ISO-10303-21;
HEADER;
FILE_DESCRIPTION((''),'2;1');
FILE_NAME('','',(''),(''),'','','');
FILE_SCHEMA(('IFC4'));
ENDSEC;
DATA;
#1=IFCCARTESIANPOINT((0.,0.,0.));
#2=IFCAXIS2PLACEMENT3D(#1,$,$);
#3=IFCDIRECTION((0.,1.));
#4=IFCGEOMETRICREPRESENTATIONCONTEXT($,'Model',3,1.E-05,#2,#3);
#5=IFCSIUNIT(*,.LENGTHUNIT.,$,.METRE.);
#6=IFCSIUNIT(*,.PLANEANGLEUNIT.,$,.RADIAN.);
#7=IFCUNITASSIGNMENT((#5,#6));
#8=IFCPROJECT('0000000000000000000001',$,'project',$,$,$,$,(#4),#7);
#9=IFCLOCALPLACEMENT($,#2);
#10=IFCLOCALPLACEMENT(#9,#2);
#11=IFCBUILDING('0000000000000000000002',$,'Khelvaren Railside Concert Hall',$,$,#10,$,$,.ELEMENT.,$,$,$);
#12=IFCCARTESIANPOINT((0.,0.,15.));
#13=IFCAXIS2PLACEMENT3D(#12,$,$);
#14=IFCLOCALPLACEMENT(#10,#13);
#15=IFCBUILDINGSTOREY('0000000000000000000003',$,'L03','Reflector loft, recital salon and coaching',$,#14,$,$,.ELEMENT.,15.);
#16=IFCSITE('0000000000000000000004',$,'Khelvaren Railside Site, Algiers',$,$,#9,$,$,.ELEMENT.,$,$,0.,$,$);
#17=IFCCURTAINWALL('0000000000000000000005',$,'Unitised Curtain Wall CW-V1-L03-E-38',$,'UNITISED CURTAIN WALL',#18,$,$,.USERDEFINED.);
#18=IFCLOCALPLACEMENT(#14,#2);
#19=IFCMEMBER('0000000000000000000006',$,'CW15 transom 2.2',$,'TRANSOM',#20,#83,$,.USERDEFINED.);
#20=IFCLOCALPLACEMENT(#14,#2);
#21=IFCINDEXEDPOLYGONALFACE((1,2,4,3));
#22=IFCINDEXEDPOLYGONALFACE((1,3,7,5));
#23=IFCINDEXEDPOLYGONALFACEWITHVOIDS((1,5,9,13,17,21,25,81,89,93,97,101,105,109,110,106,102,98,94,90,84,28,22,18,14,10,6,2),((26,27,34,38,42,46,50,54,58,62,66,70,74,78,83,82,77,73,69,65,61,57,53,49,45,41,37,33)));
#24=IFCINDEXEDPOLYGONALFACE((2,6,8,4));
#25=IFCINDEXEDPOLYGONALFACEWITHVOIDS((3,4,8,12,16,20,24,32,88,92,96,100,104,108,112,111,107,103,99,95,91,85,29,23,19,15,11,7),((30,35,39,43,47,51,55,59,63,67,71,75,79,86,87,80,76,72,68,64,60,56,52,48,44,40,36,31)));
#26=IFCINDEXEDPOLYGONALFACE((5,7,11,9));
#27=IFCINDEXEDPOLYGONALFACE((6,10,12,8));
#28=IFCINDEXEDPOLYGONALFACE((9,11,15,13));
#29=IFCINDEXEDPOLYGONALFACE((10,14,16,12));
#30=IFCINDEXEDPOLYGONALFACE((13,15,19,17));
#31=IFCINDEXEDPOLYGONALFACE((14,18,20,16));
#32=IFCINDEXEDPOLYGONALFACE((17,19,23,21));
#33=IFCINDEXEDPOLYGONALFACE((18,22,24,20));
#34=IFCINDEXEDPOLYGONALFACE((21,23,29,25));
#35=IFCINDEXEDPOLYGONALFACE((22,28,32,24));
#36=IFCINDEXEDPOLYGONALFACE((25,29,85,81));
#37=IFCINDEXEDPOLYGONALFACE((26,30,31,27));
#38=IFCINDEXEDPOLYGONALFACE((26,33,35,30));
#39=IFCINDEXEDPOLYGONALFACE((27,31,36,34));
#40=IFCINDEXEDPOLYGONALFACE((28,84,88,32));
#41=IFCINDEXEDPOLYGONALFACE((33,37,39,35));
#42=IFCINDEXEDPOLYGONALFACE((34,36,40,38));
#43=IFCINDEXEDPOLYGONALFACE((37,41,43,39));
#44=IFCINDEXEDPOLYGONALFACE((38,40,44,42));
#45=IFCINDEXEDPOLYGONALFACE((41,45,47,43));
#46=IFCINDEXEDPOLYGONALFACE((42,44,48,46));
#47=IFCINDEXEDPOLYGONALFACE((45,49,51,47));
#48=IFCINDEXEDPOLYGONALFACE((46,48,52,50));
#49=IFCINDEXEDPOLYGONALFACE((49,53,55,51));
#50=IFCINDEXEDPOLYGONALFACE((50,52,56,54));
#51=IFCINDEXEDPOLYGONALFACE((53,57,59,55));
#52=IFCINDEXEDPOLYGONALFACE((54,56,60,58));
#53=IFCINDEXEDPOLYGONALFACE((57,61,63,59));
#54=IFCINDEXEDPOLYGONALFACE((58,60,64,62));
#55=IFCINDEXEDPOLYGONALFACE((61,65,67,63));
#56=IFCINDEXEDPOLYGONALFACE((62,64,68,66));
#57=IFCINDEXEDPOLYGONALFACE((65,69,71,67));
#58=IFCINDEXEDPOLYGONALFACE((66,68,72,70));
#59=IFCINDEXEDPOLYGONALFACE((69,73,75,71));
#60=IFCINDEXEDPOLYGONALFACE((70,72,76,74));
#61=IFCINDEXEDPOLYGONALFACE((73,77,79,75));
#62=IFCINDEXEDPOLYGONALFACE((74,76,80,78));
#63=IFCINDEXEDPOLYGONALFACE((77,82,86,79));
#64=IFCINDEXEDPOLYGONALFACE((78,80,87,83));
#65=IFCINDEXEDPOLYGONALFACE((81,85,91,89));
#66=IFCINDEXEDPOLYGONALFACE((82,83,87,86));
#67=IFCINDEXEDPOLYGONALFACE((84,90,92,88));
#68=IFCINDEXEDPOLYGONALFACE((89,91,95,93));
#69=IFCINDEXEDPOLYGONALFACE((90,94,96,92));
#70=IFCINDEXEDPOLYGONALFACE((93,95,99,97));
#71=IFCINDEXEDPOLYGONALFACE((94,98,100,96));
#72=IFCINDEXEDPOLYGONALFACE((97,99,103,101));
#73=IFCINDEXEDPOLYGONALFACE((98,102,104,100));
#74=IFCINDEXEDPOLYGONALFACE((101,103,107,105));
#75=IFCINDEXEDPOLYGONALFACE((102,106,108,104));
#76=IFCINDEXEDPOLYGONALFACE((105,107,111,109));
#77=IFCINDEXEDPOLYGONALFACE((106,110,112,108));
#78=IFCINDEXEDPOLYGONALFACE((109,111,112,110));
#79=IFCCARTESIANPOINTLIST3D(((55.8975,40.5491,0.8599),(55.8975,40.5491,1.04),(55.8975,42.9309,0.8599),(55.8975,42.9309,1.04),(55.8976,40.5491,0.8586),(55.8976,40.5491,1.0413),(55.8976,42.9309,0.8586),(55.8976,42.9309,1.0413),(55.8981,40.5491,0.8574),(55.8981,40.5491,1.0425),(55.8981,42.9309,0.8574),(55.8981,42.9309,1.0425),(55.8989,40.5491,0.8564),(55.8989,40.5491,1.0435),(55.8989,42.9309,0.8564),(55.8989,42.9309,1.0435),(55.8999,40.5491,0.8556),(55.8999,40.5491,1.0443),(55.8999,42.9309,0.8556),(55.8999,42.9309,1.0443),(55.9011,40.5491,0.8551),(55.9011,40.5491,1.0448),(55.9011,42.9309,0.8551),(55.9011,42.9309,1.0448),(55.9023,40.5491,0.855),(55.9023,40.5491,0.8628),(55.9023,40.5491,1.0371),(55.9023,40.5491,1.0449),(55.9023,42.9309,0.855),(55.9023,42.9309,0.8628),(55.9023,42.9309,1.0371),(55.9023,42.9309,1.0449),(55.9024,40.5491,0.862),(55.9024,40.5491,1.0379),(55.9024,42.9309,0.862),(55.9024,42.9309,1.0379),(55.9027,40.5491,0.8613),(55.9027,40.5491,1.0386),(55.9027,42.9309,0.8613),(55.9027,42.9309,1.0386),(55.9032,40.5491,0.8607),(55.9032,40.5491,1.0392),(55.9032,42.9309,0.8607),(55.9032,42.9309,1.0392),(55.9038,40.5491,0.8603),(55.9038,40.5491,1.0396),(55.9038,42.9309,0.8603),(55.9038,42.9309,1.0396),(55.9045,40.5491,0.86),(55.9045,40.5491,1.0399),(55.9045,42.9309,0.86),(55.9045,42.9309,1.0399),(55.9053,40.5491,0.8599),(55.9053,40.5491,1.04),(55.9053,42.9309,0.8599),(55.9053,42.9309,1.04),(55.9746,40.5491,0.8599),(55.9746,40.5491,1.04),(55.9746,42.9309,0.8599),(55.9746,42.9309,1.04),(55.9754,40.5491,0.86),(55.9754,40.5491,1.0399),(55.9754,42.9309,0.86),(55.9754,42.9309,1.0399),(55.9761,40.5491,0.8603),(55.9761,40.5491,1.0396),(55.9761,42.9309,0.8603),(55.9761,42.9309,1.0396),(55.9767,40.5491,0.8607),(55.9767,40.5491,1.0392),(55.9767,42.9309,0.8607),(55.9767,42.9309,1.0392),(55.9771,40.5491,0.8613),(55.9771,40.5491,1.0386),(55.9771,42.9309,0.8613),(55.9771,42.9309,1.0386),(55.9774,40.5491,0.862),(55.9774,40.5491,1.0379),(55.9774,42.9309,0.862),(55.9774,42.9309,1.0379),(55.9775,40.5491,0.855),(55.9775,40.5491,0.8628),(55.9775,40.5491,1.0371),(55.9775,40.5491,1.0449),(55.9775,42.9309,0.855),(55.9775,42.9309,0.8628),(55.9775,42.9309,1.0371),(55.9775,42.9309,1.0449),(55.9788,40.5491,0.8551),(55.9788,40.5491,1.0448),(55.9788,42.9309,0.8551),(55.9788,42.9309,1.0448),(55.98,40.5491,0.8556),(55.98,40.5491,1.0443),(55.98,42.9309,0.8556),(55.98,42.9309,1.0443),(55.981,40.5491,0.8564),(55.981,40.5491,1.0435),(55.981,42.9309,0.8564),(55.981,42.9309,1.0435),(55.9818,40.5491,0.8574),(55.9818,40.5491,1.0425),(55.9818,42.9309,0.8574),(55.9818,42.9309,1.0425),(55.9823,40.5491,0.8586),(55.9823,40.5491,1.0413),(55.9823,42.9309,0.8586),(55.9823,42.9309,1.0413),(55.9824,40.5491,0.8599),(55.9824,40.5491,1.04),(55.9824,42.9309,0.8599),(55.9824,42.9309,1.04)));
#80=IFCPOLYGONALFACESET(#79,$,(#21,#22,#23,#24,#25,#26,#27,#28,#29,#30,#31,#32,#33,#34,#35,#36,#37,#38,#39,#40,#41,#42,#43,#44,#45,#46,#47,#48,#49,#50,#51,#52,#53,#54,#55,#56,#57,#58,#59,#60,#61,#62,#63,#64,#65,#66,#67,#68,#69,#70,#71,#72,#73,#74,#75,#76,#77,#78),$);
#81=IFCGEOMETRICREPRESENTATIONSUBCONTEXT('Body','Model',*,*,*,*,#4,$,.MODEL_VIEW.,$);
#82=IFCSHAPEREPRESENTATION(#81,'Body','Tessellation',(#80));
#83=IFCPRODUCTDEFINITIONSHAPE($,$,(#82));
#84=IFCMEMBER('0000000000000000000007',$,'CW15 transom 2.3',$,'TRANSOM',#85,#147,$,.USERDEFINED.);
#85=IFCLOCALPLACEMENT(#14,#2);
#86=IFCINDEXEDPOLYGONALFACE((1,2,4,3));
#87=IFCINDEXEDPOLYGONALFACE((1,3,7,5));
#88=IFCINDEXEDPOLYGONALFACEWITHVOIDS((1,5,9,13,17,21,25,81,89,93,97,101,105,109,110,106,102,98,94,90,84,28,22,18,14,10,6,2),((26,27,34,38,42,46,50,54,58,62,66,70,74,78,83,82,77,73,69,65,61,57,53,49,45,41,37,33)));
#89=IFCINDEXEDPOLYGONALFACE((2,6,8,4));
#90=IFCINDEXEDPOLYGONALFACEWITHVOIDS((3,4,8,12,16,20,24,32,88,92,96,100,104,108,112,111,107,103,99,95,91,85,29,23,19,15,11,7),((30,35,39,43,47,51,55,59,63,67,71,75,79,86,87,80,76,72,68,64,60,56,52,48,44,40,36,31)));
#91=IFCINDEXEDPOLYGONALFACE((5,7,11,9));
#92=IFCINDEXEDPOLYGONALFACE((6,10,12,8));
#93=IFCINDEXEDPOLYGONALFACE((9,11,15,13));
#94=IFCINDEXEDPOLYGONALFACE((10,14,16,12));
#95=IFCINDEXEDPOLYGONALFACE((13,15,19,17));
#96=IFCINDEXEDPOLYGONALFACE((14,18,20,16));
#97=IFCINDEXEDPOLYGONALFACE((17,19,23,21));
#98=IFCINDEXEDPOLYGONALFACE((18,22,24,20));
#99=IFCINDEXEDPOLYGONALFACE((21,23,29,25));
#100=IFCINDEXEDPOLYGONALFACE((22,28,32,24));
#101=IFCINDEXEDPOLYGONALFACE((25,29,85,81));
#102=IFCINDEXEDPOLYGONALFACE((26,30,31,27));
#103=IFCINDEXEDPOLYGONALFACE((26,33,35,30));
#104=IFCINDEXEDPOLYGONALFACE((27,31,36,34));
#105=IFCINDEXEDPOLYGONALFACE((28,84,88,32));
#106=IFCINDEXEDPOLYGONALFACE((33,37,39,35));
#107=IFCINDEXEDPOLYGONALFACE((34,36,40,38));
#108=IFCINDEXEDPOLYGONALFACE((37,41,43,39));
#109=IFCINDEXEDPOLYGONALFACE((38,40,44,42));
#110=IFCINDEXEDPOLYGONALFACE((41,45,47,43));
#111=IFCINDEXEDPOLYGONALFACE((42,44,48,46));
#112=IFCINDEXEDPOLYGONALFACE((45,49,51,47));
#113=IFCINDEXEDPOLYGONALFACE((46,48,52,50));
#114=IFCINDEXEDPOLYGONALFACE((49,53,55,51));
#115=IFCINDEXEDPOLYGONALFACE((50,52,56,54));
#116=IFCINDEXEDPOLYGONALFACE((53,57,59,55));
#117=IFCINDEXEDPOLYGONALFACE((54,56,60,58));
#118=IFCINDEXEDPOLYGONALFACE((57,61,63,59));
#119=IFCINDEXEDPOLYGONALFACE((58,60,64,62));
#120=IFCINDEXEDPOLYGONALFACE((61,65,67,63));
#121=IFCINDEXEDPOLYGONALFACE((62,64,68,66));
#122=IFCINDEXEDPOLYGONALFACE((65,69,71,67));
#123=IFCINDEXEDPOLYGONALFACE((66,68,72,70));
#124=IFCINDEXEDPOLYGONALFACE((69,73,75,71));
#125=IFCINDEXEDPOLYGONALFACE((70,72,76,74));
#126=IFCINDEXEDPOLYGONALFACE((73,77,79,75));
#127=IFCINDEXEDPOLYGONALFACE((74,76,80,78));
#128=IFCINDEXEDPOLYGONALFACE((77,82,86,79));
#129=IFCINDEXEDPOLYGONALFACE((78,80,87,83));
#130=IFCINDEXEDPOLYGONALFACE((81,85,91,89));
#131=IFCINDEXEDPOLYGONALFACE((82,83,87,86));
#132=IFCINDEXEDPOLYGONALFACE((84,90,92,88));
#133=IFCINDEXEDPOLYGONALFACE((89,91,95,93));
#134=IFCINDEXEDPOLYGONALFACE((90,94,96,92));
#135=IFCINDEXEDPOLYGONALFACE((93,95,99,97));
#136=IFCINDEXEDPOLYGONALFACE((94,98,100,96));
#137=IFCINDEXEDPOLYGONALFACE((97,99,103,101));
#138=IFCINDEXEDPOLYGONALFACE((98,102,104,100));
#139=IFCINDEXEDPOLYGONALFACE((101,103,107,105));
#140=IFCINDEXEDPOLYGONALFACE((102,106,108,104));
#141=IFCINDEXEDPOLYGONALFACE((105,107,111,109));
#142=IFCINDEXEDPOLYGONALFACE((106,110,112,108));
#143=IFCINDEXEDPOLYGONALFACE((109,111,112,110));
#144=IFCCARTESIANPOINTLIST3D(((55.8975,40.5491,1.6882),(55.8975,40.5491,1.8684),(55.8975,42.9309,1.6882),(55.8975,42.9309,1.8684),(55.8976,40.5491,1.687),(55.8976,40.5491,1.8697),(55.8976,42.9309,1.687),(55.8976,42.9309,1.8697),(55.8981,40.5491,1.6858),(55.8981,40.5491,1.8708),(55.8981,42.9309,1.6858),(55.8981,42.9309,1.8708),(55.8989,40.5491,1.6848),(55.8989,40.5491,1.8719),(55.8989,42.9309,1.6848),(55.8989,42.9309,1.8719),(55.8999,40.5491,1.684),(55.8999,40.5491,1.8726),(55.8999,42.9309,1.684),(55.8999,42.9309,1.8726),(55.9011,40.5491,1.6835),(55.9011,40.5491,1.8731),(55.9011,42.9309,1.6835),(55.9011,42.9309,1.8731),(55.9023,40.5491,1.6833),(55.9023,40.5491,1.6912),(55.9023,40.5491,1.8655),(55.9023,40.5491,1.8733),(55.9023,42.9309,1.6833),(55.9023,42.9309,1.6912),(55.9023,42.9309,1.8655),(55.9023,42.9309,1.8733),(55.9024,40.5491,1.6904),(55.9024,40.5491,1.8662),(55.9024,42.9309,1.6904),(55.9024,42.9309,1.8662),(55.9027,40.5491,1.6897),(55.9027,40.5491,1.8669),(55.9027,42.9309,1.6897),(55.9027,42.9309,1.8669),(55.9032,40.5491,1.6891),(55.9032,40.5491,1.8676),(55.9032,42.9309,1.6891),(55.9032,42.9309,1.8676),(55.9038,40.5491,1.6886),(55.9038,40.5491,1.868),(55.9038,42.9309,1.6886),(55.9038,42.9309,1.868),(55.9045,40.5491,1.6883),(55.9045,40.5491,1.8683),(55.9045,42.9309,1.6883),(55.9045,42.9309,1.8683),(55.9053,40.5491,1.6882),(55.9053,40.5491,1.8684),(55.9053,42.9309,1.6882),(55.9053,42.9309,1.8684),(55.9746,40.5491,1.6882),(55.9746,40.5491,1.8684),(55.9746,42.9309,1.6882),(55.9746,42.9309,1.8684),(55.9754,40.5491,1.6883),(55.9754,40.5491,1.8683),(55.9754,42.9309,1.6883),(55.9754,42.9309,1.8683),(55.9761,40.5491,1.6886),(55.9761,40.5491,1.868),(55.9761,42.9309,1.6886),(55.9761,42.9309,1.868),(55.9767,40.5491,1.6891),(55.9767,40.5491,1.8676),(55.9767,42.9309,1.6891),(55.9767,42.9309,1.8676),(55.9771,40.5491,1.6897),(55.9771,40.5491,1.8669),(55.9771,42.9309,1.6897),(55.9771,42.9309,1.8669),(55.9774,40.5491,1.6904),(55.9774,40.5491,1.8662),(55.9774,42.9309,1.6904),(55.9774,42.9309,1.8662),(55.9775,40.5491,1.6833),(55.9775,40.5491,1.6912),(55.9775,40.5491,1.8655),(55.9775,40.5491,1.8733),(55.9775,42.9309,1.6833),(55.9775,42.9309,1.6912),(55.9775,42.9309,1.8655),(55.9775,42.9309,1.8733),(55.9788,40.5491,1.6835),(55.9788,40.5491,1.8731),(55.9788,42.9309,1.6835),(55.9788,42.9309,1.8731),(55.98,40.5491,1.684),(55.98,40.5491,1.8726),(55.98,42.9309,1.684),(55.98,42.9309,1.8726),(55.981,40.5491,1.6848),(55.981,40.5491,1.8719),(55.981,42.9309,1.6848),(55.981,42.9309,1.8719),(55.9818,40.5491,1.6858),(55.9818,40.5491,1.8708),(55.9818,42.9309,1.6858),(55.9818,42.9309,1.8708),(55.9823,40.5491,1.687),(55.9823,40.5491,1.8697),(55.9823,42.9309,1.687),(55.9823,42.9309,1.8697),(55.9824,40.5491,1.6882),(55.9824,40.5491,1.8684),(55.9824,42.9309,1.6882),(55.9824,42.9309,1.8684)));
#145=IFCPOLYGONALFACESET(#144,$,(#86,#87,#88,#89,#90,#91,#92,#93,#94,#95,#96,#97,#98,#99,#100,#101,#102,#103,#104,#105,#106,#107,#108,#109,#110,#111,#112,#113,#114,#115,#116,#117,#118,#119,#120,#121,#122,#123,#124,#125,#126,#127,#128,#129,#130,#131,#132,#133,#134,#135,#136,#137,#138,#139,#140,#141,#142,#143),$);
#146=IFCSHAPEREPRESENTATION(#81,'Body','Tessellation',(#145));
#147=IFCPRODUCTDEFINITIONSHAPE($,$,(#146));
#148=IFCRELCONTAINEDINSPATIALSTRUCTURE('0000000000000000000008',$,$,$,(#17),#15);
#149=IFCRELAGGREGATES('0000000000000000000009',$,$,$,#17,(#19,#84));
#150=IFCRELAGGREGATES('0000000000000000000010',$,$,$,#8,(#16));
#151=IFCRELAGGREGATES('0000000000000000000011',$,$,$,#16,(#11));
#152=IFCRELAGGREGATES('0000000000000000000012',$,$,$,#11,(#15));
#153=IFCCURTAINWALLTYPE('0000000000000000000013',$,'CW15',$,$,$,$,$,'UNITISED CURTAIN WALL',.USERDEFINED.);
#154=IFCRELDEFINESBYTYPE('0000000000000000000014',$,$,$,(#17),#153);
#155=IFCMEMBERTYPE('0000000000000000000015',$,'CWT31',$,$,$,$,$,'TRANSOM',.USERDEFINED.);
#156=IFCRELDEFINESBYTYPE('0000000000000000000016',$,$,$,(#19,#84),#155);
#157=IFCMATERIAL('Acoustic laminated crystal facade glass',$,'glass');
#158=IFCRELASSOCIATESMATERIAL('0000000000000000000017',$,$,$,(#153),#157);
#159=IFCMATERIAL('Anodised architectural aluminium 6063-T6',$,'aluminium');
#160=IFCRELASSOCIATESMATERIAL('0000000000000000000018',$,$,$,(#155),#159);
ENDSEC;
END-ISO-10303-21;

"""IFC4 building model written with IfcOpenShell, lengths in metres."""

from ifc_helpers import new_model, si_unit, direction, frame, origin, origin_2d, place, context, subcontext, project, spatial, hollow_rectangle, extrude, material, material_profile, profile_set, type_object, element, aggregate, save


model = new_model("IFC4")

# Units and contexts
model_context = context("Model", 3, precision=1e-05, world=origin(), true_north=direction((0.0, 1.0)))
body_context = subcontext(model_context, "Body", "Model", "MODEL_VIEW")
ifc_project = project(units=[si_unit("LENGTHUNIT", "METRE"), si_unit("PLANEANGLEUNIT", "RADIAN")], contexts=[model_context])

# Site, building, storey
site_placement = place(None, origin())
site = spatial("IfcSite", under=ifc_project, at=site_placement, Name="Khelvaren Railside Site, Algiers", CompositionType="ELEMENT", RefElevation=0.0)
building_placement = place(site_placement, origin())
building = spatial("IfcBuilding", under=site, at=building_placement, Name="Khelvaren Railside Concert Hall", CompositionType="ELEMENT")
storey_placement = place(building_placement, frame((0.0, 0.0, 15.0)))
storey = spatial("IfcBuildingStorey", under=building, at=storey_placement, Name="L03", Description="Reflector loft, recital salon and coaching", CompositionType="ELEMENT", Elevation=15.0)

# Curtain wall
ifc_material_1 = material(Name="Acoustic laminated crystal facade glass", Category="glass")
ifc_material_2 = material(Name="Anodised architectural aluminium 6063-T6", Category="aluminium")
curtain_wall_type_1 = type_object("IfcCurtainWallType", Name="CW15", ElementType="UNITISED CURTAIN WALL", PredefinedType="USERDEFINED", material=ifc_material_1)
curtain_wall_1_placement = place(storey_placement, origin())
curtain_wall_1 = element("IfcCurtainWall", 1, at=curtain_wall_1_placement, inside=storey, type_object=curtain_wall_type_1, Name="Unitised Curtain Wall CW-V1-L03-E-38", ObjectType="UNITISED CURTAIN WALL", PredefinedType="USERDEFINED")

# Members
ifc_material_profile_1 = material_profile(ifc_material_2, hollow_rectangle(XDim=0.085, YDim=0.1899, WallThickness=0.0049, InnerFilletRadius=0.0029, OuterFilletRadius=0.0049, at=origin_2d()), Name="CWT 85x190x5")
ifc_profile_set_1 = profile_set([ifc_material_profile_1], Name="Anodised architectural aluminium 6063-T6")
member_type_1 = type_object("IfcMemberType", Name="CWT31", ElementType="TRANSOM", PredefinedType="USERDEFINED", material=ifc_profile_set_1)
member_1_placement = place(storey_placement, frame((55.9399, 42.9309, 0.95), z_axis=(0.0, -1.0, 0.0), x_axis=(1.0, 0.0, 0.0)))
member_1 = element("IfcMember", 2, at=member_1_placement, type_object=member_type_1, Name="CW15 transom 2.2", ObjectType="TRANSOM", PredefinedType="USERDEFINED", context=body_context, shape_type="SweptSolid", body=[
    extrude(hollow_rectangle(XDim=0.085, YDim=0.1899, WallThickness=0.0049, InnerFilletRadius=0.0029, OuterFilletRadius=0.0049, at=origin_2d()), origin(), (0.0, 0.0, 1.0), 2.3818),
])
member_2_placement = place(storey_placement, frame((55.9399, 42.9309, 1.7783), z_axis=(0.0, -1.0, 0.0), x_axis=(1.0, 0.0, 0.0)))
member_2 = element("IfcMember", 3, at=member_2_placement, type_object=member_type_1, Name="CW15 transom 2.3", ObjectType="TRANSOM", PredefinedType="USERDEFINED", context=body_context, shape_type="SweptSolid", body=[
    extrude(hollow_rectangle(XDim=0.085, YDim=0.1899, WallThickness=0.0049, InnerFilletRadius=0.0029, OuterFilletRadius=0.0049, at=origin_2d()), origin(), (0.0, 0.0, 1.0), 2.3818),
])

aggregate(curtain_wall_1, [member_1, member_2])

save(model, "model.ifc")
